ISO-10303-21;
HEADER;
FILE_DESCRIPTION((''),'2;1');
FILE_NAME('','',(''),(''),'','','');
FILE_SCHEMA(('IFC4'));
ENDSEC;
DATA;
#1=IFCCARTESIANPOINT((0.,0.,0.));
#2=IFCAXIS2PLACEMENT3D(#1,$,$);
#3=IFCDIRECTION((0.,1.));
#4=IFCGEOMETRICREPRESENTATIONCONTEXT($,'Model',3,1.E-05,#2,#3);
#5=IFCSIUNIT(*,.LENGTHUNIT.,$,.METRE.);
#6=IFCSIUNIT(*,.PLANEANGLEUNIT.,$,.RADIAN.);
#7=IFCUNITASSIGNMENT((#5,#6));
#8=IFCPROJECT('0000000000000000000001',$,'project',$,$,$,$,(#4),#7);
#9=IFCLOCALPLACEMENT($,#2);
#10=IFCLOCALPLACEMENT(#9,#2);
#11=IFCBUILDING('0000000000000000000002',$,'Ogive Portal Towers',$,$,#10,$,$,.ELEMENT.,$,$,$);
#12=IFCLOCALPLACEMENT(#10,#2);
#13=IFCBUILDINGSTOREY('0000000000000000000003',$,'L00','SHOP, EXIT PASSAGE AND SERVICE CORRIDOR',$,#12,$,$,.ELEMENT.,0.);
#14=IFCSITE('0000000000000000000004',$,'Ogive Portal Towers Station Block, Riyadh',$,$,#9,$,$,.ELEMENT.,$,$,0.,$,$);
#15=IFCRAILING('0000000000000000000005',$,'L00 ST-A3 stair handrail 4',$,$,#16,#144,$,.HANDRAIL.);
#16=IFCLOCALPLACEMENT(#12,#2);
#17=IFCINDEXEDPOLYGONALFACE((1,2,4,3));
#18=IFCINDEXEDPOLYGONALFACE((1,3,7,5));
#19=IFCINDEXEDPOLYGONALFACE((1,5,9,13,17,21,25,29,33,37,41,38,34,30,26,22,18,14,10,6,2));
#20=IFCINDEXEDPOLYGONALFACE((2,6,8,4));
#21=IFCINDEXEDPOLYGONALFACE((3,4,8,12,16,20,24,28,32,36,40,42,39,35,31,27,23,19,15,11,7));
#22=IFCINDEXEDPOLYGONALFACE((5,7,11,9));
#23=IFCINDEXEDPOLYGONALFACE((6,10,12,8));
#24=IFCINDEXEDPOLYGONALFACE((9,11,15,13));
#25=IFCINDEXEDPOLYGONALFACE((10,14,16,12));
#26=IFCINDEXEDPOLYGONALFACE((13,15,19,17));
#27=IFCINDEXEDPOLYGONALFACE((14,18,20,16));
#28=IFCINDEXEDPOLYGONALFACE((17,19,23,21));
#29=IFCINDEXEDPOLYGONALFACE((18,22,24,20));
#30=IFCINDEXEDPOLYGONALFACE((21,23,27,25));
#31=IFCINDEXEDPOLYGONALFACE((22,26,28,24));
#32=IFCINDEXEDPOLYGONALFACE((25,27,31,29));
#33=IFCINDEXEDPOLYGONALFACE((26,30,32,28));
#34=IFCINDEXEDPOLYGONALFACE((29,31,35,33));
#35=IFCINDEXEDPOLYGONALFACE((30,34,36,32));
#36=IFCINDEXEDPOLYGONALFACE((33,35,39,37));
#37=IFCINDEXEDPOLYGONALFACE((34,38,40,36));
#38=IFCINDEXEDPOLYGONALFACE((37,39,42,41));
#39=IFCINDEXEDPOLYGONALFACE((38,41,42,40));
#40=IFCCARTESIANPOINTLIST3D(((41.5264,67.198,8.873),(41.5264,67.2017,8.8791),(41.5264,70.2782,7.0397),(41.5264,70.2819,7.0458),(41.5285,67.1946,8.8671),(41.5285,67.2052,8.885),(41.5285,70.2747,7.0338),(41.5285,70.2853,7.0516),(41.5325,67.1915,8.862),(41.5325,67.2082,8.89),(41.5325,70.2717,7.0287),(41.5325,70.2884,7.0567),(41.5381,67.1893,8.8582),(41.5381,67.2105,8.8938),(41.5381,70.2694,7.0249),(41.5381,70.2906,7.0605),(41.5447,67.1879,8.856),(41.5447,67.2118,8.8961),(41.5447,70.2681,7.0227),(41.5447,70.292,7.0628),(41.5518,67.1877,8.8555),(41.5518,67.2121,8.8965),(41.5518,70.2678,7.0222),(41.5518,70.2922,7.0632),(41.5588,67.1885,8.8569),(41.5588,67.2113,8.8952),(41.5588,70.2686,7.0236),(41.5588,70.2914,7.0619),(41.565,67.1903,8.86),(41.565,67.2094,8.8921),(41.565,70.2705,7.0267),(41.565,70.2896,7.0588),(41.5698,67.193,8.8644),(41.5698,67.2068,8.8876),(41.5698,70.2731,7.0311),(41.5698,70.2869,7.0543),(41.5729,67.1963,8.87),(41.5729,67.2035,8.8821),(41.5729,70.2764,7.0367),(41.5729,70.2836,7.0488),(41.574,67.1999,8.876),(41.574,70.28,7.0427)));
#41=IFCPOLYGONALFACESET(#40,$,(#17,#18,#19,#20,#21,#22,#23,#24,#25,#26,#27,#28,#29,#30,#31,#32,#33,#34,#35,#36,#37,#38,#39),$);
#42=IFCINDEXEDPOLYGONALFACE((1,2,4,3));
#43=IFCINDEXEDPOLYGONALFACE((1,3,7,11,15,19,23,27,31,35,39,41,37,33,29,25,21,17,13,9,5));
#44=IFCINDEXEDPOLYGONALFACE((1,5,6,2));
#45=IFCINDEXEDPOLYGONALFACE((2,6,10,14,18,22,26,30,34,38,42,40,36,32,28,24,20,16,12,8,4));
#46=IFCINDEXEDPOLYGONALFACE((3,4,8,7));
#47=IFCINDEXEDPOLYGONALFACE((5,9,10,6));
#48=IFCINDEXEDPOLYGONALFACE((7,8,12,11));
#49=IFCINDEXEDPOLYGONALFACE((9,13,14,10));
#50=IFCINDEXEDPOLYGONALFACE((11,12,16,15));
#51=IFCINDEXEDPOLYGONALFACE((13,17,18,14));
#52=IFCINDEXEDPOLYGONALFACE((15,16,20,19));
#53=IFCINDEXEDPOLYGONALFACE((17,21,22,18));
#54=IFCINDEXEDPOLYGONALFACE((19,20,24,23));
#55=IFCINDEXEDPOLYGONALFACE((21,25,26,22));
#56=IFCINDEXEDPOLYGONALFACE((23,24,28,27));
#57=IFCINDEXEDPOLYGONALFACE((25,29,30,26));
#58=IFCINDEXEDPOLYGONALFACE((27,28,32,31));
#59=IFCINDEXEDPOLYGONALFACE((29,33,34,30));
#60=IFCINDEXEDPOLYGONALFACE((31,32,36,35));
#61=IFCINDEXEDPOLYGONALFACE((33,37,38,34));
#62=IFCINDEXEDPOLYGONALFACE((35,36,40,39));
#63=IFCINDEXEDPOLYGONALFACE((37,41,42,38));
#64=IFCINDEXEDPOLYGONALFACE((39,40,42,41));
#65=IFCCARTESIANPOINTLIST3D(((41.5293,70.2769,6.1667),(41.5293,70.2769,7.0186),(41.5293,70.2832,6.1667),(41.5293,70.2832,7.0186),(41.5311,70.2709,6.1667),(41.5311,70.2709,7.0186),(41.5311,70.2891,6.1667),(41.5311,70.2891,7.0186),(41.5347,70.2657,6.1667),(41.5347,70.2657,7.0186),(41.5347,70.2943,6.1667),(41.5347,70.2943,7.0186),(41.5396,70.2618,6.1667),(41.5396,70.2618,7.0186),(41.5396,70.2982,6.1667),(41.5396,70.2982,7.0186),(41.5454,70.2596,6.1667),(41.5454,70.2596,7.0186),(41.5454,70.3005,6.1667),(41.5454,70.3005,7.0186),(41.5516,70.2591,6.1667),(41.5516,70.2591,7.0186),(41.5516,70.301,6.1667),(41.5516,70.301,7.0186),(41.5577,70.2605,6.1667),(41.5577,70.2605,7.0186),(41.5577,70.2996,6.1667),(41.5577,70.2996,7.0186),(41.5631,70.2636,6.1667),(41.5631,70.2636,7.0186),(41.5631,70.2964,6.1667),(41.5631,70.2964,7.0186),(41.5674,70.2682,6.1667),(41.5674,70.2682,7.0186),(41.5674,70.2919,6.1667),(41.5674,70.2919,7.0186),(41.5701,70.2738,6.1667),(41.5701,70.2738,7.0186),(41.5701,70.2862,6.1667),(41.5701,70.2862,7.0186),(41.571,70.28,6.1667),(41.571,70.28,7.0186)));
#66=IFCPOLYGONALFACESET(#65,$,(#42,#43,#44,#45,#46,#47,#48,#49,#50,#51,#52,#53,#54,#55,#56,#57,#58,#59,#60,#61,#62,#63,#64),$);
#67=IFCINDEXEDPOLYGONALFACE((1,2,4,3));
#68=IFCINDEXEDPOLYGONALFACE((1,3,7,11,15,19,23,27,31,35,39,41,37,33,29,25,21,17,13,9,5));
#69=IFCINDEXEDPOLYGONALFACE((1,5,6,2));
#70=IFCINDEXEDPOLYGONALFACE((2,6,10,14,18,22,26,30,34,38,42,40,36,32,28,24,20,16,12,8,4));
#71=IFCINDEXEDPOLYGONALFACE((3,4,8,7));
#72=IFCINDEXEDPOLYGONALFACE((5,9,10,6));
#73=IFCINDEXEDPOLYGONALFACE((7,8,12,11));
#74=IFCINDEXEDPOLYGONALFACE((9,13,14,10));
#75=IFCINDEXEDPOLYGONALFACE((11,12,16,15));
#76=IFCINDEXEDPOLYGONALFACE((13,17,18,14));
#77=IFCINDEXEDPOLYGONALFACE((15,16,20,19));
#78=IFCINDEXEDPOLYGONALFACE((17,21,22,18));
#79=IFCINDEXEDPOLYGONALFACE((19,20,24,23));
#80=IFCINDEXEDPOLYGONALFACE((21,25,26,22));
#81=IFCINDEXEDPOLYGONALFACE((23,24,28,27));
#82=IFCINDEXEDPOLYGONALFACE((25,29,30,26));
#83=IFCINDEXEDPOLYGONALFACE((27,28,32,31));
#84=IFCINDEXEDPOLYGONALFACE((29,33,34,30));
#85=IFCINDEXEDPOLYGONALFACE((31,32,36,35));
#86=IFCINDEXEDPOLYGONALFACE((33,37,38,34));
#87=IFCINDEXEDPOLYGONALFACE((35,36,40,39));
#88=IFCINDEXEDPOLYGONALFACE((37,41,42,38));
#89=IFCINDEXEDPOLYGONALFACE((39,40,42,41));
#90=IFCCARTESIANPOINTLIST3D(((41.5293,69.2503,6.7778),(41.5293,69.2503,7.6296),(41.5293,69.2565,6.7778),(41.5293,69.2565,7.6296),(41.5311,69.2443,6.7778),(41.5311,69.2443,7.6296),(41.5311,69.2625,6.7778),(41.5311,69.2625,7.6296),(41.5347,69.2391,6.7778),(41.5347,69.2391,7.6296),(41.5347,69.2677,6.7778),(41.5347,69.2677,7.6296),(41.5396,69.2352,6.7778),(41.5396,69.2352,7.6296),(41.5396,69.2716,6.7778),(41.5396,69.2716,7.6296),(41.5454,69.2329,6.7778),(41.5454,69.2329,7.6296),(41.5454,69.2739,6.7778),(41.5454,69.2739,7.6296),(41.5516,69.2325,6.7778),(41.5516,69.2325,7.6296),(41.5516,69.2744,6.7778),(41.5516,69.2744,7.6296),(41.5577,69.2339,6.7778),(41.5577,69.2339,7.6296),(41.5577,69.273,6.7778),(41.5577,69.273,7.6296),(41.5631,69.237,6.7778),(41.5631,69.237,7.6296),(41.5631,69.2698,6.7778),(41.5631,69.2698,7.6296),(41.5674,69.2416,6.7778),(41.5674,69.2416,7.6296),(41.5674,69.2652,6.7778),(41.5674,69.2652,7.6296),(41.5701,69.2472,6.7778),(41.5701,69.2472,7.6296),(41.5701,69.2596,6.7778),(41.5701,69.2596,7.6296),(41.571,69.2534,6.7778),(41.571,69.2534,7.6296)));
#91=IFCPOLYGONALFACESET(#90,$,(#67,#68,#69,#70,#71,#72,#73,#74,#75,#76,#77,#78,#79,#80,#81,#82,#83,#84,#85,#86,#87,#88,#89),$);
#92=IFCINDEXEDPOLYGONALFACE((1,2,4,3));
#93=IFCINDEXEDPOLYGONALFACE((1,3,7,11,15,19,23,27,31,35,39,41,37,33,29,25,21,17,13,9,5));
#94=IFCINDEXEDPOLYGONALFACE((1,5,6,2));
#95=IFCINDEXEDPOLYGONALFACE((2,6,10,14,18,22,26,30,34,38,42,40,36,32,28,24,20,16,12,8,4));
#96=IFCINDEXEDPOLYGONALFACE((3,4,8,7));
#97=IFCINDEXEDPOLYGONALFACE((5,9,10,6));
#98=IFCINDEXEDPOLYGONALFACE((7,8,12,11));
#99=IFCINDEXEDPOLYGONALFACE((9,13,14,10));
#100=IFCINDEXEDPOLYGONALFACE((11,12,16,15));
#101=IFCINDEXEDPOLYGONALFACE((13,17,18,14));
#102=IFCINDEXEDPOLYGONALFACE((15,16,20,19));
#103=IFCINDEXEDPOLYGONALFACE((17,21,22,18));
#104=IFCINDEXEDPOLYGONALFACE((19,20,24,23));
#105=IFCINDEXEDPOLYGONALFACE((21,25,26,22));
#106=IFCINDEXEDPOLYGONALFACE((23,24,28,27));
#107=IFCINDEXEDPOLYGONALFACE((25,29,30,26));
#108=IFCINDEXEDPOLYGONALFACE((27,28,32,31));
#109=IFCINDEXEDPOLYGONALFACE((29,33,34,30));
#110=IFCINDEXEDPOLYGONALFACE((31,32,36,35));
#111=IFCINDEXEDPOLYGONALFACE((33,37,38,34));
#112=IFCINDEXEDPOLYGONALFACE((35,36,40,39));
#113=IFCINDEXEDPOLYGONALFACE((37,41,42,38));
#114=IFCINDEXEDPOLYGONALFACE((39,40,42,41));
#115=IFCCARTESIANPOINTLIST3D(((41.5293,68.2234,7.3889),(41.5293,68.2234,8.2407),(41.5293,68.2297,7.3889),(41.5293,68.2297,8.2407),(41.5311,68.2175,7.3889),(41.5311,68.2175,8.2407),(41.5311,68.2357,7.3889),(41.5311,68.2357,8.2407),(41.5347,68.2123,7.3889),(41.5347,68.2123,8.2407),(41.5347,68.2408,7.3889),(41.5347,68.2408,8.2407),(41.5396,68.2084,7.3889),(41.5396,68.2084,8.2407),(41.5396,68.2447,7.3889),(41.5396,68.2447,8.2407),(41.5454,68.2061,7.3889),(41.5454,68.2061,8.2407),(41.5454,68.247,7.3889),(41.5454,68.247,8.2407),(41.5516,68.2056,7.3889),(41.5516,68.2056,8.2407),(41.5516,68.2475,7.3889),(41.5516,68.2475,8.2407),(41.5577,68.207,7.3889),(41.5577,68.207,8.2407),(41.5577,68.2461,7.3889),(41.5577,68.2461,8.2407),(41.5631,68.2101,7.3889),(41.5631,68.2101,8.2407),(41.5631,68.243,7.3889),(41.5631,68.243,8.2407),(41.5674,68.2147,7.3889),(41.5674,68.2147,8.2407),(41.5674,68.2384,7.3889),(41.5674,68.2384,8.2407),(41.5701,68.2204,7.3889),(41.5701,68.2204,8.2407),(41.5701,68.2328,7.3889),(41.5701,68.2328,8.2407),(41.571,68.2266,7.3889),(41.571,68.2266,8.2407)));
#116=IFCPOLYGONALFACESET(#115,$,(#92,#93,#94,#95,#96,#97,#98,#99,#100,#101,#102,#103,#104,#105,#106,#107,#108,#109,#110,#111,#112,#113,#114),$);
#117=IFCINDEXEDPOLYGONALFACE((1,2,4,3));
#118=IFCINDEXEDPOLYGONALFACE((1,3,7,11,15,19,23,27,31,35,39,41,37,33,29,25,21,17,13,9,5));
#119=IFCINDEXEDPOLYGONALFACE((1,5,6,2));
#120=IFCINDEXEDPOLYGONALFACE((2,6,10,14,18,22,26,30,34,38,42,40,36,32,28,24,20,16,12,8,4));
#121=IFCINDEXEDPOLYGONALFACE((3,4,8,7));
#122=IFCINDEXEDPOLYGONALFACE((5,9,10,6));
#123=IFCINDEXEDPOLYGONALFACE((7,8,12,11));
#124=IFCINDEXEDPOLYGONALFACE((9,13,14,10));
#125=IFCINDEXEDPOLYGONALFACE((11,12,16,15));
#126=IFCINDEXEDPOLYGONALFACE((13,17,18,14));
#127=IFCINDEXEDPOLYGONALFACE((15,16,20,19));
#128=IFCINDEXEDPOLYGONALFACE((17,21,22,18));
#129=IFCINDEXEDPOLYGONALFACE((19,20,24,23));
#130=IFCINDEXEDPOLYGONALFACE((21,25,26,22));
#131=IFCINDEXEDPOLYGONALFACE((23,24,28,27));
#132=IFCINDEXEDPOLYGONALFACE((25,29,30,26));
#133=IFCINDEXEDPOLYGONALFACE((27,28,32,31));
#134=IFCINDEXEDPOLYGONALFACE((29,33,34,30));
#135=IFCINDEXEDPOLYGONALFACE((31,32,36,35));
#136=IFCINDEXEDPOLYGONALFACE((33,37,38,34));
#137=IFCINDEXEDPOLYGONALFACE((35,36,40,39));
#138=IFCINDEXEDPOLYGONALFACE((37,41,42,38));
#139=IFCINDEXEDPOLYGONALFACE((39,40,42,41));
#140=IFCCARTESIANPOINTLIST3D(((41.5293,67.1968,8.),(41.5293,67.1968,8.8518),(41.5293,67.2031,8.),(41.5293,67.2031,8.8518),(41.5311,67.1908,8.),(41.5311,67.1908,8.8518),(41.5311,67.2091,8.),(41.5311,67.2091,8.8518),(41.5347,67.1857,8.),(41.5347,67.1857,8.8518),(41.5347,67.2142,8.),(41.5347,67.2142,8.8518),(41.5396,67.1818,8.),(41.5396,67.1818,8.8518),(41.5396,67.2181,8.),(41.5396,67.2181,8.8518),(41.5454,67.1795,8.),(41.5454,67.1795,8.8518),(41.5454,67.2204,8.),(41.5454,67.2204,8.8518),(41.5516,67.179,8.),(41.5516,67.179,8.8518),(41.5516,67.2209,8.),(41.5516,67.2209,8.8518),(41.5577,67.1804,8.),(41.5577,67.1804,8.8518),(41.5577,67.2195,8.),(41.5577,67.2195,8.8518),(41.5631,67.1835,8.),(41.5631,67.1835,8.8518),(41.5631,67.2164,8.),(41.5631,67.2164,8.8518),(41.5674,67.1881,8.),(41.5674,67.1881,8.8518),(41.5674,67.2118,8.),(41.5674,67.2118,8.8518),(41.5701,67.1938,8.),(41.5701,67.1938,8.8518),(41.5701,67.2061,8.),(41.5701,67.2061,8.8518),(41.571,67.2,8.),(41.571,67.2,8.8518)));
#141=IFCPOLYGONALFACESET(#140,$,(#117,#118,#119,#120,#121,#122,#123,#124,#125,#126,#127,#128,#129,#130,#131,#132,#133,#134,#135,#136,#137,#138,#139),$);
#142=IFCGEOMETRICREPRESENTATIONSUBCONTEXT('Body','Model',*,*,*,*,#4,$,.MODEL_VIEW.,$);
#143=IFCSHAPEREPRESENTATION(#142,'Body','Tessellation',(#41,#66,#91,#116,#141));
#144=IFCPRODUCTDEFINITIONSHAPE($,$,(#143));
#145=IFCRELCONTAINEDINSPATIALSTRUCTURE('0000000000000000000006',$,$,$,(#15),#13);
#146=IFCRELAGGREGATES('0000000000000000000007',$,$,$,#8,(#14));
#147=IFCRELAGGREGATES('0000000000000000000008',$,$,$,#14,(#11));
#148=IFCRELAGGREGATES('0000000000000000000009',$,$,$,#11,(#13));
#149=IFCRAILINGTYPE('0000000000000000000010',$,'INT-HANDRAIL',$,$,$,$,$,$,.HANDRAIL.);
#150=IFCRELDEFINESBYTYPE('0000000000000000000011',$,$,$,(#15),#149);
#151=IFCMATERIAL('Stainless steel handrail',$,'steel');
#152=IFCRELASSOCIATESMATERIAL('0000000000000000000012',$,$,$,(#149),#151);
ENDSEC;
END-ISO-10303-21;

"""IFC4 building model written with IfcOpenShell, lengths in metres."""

from ifc_helpers import new_model, si_unit, direction, frame, origin, origin_2d, place, context, subcontext, project, spatial, circle, extrude, material, type_object, element, save


model = new_model("IFC4")

# Units and contexts
model_context = context("Model", 3, precision=1e-05, world=origin(), true_north=direction((0.0, 1.0)))
body_context = subcontext(model_context, "Body", "Model", "MODEL_VIEW")
ifc_project = project(units=[si_unit("LENGTHUNIT", "METRE"), si_unit("PLANEANGLEUNIT", "RADIAN")], contexts=[model_context])

# Site, building, storey
site_placement = place(None, origin())
site = spatial("IfcSite", under=ifc_project, at=site_placement, Name="Ogive Portal Towers Station Block, Riyadh", CompositionType="ELEMENT", RefElevation=0.0)
building_placement = place(site_placement, origin())
building = spatial("IfcBuilding", under=site, at=building_placement, Name="Ogive Portal Towers", CompositionType="ELEMENT")
storey_placement = place(building_placement, origin())
storey = spatial("IfcBuildingStorey", under=building, at=storey_placement, Name="L00", Description="SHOP, EXIT PASSAGE AND SERVICE CORRIDOR", CompositionType="ELEMENT", Elevation=0.0)

# Railing
ifc_material_1 = material(Name="Stainless steel handrail", Category="steel")
railing_type_1 = type_object("IfcRailingType", Name="INT-HANDRAIL", PredefinedType="HANDRAIL", material=ifc_material_1)
railing_1_placement = place(storey_placement, frame((41.55, 70.28, 6.1667)))
element("IfcRailing", 1, at=railing_1_placement, inside=storey, type_object=railing_type_1, Name="L00 ST-A3 stair handrail 4", PredefinedType="HANDRAIL", context=body_context, shape_type="SweptSolid", body=[
    extrude(circle(Radius=0.0239, at=origin_2d()), frame((0.0, 0.0, 0.876), z_axis=(0.0, -0.859309, 0.511458), x_axis=(1.0, 0.0, 0.0)), (0.0, 0.0, 1.0), 3.5845),
    extrude(circle(Radius=0.021, at=origin_2d()), origin(), (0.0, 0.0, 1.0), 0.8518),
    extrude(circle(Radius=0.021, at=origin_2d()), frame((0.0, -1.0266, 0.6111)), (0.0, 0.0, 1.0), 0.8518),
    extrude(circle(Radius=0.021, at=origin_2d()), frame((0.0, -2.0535, 1.2222)), (0.0, 0.0, 1.0), 0.8518),
    extrude(circle(Radius=0.021, at=origin_2d()), frame((0.0, -3.0801, 1.8333)), (0.0, 0.0, 1.0), 0.8518),
])

save(model, "model.ifc")
